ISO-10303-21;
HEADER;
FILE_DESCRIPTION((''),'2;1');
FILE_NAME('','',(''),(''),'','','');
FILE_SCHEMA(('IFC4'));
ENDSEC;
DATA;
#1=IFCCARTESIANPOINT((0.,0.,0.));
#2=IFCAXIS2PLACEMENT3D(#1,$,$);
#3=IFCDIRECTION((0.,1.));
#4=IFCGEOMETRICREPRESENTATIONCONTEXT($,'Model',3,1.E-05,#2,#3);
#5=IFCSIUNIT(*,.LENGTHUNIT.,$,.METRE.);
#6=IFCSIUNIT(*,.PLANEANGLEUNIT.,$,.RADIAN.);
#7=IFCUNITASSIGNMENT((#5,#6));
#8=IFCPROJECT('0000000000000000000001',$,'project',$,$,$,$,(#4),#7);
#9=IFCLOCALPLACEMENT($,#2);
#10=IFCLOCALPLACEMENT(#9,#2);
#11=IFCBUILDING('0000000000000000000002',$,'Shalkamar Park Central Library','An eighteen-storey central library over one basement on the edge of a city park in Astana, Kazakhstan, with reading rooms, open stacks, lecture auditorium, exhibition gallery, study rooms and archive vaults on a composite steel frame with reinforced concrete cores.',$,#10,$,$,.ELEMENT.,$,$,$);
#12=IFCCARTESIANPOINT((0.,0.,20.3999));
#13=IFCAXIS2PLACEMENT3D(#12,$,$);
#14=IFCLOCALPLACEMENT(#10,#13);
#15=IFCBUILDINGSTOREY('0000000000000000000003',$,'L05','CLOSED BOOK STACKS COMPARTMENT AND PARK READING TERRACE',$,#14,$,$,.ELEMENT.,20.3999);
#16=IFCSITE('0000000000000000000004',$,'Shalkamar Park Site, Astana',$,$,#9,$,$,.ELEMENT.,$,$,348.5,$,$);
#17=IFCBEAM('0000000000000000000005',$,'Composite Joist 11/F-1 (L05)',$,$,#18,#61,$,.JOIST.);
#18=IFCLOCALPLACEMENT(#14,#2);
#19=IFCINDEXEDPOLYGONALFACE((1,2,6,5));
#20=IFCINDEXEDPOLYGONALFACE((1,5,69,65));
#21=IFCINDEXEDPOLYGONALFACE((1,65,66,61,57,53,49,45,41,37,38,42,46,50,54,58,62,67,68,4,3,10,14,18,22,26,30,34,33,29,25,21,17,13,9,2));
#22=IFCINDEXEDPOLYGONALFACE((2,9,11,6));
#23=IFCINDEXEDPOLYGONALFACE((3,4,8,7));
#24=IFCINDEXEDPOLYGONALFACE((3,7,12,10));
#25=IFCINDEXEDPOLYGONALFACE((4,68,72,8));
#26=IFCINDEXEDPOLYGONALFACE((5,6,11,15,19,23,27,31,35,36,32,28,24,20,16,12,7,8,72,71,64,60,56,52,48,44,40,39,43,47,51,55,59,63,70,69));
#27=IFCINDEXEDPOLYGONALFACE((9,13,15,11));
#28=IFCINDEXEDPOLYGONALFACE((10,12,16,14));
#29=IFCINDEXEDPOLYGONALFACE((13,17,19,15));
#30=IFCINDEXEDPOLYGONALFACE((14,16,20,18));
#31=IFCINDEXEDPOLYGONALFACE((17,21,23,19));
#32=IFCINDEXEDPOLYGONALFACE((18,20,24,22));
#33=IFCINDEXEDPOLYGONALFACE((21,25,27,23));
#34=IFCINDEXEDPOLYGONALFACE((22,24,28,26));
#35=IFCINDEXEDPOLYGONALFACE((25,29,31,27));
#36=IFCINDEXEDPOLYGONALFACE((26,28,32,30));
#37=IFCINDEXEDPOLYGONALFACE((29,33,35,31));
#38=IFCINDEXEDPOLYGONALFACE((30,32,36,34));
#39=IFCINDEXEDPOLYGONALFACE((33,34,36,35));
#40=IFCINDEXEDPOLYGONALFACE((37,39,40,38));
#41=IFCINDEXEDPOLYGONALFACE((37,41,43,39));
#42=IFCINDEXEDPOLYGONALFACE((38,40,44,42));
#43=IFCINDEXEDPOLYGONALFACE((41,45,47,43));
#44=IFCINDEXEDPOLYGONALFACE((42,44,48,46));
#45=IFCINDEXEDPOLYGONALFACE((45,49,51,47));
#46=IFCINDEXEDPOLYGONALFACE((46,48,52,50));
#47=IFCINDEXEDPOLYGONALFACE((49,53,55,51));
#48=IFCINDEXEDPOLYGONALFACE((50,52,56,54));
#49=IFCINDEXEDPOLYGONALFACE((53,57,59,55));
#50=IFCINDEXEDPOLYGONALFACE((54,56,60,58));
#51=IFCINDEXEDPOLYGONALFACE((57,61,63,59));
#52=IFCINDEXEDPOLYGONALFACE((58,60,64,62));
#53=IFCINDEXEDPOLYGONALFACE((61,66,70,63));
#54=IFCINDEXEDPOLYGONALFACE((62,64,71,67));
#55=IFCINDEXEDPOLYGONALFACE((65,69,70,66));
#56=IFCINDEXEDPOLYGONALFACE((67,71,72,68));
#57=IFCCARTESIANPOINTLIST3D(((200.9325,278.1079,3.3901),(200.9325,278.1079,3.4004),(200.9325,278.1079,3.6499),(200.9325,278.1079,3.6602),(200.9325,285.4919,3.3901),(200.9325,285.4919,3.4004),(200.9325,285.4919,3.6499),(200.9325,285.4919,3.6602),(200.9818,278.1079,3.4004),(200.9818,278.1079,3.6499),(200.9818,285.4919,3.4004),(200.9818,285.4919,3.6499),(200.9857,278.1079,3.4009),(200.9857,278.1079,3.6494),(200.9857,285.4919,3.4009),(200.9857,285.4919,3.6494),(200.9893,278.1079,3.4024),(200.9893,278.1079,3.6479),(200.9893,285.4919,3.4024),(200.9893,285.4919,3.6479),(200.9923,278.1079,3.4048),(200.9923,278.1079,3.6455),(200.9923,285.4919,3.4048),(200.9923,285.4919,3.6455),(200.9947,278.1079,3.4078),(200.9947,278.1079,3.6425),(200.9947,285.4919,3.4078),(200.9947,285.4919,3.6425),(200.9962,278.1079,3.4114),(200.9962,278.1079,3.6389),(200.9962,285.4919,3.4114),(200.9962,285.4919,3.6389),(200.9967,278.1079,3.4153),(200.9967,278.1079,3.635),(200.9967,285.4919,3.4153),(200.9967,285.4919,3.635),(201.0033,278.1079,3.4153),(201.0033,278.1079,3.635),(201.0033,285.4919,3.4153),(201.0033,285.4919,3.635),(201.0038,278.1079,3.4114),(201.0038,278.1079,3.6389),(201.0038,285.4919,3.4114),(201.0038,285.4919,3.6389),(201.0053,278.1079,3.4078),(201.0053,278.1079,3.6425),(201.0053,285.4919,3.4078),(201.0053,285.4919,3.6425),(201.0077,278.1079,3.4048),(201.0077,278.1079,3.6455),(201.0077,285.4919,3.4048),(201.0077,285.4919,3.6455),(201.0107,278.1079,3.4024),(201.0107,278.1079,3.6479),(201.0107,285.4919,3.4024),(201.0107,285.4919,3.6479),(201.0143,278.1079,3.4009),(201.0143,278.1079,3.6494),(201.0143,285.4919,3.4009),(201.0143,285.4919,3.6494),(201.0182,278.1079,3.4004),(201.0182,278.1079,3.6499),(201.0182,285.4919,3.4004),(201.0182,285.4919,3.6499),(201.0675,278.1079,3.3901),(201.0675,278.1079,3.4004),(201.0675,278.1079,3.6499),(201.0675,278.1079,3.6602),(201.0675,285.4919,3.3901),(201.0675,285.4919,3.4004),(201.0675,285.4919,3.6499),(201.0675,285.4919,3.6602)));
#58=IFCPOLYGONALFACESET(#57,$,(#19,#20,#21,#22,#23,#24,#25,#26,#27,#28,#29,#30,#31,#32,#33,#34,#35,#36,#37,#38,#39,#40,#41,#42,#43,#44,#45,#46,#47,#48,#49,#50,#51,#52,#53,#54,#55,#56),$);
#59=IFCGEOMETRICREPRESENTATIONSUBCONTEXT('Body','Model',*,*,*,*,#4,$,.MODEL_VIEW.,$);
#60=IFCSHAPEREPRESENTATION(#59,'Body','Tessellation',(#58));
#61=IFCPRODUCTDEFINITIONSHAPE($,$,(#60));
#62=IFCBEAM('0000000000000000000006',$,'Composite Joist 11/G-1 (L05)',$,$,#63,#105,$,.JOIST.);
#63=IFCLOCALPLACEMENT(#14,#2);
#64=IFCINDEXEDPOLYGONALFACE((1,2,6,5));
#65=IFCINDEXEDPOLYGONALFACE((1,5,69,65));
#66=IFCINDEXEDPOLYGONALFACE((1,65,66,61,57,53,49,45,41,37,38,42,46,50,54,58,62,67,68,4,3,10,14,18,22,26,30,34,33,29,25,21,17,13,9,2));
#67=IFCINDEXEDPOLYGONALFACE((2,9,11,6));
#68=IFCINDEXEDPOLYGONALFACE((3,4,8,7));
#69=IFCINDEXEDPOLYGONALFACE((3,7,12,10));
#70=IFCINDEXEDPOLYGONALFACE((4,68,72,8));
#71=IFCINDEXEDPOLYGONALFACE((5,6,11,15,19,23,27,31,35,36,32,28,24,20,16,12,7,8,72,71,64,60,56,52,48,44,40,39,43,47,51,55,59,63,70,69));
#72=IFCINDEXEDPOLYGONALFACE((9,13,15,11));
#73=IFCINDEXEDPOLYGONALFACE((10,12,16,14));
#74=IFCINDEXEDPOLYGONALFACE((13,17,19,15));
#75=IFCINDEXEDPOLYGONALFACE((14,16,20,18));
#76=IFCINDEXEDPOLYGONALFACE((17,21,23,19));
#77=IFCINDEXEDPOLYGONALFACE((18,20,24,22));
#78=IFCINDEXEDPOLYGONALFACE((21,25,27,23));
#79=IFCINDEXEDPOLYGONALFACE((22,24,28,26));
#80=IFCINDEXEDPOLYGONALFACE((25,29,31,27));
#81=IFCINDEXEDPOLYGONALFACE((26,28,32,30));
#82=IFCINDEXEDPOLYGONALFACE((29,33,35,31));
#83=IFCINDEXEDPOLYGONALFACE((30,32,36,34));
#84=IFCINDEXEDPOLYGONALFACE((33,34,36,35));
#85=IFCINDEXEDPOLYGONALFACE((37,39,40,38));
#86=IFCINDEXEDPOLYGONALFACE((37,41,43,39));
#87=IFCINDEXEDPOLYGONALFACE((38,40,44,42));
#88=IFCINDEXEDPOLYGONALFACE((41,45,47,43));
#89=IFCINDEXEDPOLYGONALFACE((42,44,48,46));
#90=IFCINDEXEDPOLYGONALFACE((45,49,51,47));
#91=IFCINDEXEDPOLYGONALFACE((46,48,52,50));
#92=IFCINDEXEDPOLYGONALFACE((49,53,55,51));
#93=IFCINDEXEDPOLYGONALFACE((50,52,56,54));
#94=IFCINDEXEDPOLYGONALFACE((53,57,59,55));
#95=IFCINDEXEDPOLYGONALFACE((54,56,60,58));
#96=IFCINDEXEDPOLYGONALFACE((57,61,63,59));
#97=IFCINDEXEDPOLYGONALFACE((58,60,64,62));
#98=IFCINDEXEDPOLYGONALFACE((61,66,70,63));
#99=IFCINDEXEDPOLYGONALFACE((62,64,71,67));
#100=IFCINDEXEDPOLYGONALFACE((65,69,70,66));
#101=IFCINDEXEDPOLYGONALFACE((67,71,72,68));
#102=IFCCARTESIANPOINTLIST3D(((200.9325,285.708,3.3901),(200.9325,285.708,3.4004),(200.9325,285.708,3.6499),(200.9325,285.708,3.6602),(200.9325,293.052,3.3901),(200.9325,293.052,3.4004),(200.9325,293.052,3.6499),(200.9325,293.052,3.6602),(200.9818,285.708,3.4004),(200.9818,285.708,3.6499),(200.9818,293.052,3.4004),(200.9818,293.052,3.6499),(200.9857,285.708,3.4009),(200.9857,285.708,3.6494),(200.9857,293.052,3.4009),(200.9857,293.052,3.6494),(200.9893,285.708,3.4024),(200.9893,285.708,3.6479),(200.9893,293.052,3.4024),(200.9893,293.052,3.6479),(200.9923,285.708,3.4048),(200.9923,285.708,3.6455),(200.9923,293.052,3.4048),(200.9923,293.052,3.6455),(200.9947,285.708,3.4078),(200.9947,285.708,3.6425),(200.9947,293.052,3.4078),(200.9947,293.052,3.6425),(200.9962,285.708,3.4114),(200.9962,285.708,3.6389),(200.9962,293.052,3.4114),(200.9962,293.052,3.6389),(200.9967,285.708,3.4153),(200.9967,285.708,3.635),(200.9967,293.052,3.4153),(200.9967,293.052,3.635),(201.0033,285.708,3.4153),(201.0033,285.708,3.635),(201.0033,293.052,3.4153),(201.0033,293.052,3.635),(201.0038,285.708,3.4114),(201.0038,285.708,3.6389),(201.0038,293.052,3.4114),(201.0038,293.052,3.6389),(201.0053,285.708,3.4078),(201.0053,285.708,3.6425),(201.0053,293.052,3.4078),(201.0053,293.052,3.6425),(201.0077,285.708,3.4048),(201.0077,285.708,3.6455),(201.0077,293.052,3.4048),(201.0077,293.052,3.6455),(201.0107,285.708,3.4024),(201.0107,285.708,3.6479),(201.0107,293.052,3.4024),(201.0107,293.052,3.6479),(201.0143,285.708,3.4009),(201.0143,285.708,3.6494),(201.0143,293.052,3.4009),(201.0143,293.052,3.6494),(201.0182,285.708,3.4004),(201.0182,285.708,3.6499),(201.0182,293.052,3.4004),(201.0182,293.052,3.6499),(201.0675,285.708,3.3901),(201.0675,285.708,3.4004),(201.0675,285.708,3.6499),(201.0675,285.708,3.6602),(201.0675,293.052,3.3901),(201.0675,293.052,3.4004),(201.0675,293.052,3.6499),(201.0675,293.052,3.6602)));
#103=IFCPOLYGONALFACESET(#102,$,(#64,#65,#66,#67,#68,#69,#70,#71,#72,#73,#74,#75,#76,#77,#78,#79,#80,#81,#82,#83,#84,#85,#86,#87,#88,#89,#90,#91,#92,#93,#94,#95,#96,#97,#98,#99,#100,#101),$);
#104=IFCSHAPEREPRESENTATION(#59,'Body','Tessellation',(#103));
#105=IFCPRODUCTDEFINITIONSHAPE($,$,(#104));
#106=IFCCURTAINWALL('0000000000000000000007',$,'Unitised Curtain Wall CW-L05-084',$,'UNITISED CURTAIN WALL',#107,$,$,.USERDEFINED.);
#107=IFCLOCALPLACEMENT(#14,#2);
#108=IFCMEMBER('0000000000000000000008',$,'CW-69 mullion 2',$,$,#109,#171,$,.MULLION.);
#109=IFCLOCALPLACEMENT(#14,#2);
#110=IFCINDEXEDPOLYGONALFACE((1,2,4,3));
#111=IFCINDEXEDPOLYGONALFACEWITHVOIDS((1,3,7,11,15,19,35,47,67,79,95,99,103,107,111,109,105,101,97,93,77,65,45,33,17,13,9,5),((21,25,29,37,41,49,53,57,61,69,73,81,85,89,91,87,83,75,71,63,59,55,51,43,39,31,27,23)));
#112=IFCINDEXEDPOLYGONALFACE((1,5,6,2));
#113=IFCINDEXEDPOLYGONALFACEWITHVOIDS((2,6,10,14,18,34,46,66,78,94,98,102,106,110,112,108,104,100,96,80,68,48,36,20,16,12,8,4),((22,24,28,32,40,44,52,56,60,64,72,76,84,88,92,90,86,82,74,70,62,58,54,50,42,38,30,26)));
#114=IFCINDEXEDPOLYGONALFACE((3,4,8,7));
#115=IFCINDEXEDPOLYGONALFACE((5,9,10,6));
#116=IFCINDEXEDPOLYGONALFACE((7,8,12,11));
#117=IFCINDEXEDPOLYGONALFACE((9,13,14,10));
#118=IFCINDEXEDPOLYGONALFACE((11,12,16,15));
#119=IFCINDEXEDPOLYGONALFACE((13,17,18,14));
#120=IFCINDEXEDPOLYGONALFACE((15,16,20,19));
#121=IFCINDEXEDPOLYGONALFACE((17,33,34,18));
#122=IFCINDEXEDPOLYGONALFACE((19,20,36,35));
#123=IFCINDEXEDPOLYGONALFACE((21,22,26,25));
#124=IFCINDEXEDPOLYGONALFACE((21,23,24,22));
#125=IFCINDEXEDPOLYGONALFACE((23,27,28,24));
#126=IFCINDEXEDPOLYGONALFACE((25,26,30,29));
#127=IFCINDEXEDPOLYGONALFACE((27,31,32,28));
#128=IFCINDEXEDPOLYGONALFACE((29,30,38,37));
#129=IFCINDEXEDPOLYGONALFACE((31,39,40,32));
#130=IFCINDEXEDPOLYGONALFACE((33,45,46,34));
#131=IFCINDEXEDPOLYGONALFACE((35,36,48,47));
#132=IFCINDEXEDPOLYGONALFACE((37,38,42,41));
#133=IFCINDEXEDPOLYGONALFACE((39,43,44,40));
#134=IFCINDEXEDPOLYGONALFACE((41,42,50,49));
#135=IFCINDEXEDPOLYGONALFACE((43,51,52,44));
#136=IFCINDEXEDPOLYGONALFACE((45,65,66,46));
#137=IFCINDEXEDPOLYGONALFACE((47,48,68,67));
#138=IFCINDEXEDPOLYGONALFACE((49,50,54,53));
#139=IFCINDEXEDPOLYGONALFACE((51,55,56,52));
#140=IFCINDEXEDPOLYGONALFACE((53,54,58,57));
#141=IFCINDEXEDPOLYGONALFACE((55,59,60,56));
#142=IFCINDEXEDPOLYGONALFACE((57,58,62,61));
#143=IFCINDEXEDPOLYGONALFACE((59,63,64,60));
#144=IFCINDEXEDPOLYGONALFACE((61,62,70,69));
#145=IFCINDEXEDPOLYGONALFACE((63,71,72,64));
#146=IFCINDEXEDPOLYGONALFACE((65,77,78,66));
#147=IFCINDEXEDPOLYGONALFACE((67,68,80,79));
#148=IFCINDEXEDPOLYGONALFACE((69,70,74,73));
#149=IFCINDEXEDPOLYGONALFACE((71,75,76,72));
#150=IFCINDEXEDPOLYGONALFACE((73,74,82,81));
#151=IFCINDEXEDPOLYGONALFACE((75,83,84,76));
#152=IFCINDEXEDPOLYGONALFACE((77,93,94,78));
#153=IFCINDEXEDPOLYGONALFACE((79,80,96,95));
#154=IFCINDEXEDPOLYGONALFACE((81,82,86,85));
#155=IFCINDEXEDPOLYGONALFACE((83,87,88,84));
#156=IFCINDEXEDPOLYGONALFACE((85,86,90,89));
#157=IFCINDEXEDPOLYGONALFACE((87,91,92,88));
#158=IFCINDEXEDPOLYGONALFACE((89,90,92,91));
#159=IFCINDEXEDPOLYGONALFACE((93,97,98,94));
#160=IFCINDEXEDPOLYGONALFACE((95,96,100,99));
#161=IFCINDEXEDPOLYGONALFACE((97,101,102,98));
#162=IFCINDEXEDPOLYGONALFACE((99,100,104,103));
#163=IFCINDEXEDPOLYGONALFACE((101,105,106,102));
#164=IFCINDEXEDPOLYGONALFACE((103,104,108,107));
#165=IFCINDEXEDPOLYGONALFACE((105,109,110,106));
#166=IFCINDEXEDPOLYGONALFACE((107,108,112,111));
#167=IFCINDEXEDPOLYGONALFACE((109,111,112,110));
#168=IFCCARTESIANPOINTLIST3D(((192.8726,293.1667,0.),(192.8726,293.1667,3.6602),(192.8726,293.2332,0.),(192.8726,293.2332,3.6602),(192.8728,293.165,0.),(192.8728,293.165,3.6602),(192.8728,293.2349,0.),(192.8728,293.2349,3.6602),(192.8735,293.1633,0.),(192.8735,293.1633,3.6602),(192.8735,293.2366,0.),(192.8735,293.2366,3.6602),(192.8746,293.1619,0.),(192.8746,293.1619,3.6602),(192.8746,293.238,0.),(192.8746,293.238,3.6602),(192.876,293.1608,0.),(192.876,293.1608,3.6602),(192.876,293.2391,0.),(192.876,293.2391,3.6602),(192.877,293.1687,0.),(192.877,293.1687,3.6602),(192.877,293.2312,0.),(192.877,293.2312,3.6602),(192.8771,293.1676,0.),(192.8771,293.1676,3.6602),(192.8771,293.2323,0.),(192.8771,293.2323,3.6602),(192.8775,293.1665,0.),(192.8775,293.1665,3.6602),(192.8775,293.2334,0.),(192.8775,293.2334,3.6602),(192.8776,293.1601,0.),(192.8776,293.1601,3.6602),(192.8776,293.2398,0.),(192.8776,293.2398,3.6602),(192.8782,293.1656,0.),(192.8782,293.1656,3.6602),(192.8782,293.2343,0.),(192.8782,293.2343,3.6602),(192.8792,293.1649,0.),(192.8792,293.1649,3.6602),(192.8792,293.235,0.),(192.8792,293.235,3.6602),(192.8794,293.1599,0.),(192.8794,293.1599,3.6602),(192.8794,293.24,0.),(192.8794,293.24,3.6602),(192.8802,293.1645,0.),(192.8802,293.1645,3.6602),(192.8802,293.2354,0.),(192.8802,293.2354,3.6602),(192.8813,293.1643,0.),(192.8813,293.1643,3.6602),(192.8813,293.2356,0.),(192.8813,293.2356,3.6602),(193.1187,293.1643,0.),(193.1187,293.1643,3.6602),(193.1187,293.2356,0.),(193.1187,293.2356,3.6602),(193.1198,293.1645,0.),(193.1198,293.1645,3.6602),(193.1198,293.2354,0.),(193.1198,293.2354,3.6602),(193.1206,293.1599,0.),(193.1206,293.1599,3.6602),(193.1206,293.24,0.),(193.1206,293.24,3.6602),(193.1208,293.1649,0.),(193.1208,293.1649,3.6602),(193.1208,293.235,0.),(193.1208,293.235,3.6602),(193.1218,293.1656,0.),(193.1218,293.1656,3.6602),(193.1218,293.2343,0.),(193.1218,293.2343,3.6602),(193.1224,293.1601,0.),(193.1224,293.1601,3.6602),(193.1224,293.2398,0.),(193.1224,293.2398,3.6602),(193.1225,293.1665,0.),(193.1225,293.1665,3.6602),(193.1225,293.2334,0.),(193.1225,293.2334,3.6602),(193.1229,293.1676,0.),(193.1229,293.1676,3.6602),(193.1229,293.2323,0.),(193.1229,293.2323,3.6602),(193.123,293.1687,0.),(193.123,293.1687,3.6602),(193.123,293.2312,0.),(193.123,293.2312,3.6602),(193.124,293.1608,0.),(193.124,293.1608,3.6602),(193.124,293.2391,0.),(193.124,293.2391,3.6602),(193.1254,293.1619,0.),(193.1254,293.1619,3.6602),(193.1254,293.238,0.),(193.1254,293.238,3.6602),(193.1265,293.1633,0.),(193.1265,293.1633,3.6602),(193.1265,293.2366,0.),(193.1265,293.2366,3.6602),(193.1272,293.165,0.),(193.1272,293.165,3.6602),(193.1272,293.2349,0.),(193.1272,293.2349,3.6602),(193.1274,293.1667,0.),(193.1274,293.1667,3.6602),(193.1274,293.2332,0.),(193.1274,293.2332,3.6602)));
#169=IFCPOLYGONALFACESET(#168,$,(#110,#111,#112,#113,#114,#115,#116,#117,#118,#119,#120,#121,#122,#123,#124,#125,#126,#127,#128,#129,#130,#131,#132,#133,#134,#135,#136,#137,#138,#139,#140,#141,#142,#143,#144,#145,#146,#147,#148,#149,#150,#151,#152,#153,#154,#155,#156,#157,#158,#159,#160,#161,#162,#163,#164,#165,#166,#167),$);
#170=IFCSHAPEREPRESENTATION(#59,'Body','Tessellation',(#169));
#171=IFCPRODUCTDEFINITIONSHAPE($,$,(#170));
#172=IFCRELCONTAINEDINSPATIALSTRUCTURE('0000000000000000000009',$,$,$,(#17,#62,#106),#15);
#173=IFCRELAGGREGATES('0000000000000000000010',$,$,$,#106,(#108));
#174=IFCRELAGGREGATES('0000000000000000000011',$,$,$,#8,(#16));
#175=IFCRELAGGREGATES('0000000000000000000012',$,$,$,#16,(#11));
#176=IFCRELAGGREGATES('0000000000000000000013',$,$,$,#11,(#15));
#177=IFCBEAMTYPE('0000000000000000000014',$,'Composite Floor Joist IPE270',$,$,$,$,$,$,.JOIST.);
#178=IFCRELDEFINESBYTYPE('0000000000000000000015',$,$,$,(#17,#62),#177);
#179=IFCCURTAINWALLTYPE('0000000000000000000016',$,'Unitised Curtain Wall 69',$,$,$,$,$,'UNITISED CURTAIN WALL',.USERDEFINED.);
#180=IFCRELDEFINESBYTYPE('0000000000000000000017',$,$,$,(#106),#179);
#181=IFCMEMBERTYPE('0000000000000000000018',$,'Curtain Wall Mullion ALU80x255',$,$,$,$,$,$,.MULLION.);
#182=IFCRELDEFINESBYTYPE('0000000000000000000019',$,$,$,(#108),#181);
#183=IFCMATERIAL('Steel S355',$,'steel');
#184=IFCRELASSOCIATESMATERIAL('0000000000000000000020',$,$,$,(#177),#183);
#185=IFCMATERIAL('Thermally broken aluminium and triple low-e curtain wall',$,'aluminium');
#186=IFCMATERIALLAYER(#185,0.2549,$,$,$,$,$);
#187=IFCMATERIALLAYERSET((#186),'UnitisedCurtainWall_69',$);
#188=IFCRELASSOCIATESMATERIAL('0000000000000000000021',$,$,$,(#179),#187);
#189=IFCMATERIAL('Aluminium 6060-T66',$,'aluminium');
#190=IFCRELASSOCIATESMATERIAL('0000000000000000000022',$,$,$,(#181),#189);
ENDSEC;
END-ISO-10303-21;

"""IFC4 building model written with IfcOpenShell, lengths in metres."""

from ifc_helpers import new_model, si_unit, direction, frame, origin, origin_2d, place, context, subcontext, project, spatial, hollow_rectangle, i_section, extrude, material, layer, layer_set, material_profile, profile_set, type_object, element, aggregate, save


model = new_model("IFC4")

# Units and contexts
model_context = context("Model", 3, precision=1e-05, world=origin(), true_north=direction((0.0, 1.0)))
body_context = subcontext(model_context, "Body", "Model", "MODEL_VIEW")
ifc_project = project(units=[si_unit("LENGTHUNIT", "METRE"), si_unit("PLANEANGLEUNIT", "RADIAN")], contexts=[model_context])

# Site, building, storey
site_placement = place(None, origin())
site = spatial("IfcSite", under=ifc_project, at=site_placement, Name="Shalkamar Park Site, Astana", CompositionType="ELEMENT", RefElevation=348.5)
building_placement = place(site_placement, origin())
building = spatial("IfcBuilding", under=site, at=building_placement, Name="Shalkamar Park Central Library", Description="An eighteen-storey central library over one basement on the edge of a city park in Astana, Kazakhstan, with reading rooms, open stacks, lecture auditorium, exhibition gallery, study rooms and archive vaults on a composite steel frame with reinforced concrete cores.", CompositionType="ELEMENT")
storey_placement = place(building_placement, frame((0.0, 0.0, 20.3999)))
storey = spatial("IfcBuildingStorey", under=building, at=storey_placement, Name="L05", Description="CLOSED BOOK STACKS COMPARTMENT AND PARK READING TERRACE", CompositionType="ELEMENT", Elevation=20.3999)

# Shared definitions
ifc_material_1 = material(Name="Steel S355", Category="steel")

# Beams
ifc_material_profile_1 = material_profile(ifc_material_1, i_section(OverallWidth=0.135, OverallDepth=0.27, WebThickness=0.0066, FlangeThickness=0.0103, FilletRadius=0.0149, at=origin_2d()), Name="IPE 270")
ifc_profile_set_1 = profile_set([ifc_material_profile_1], Name="Steel S355")
beam_type_1 = type_object("IfcBeamType", Name="Composite Floor Joist IPE270", PredefinedType="JOIST", material=ifc_profile_set_1)
beam_1_placement = place(storey_placement, frame((201.0, 278.1079, 3.5251), z_axis=(0.0, 1.0, 0.0), x_axis=(-1.0, 0.0, 0.0)))
element("IfcBeam", 1, at=beam_1_placement, inside=storey, type_object=beam_type_1, Name="Composite Joist 11/F-1 (L05)", PredefinedType="JOIST", context=body_context, shape_type="SweptSolid", body=[
    extrude(i_section(OverallWidth=0.135, OverallDepth=0.27, WebThickness=0.0066, FlangeThickness=0.0103, FilletRadius=0.0149, at=origin_2d()), origin(), (0.0, 0.0, 1.0), 7.384),
])
beam_2_placement = place(storey_placement, frame((201.0, 285.708, 3.5251), z_axis=(0.0, 1.0, 0.0), x_axis=(-1.0, 0.0, 0.0)))
element("IfcBeam", 2, at=beam_2_placement, inside=storey, type_object=beam_type_1, Name="Composite Joist 11/G-1 (L05)", PredefinedType="JOIST", context=body_context, shape_type="SweptSolid", body=[
    extrude(i_section(OverallWidth=0.135, OverallDepth=0.27, WebThickness=0.0066, FlangeThickness=0.0103, FilletRadius=0.0149, at=origin_2d()), origin(), (0.0, 0.0, 1.0), 7.344),
])

# Curtain wall, member
ifc_material_2 = material(Name="Thermally broken aluminium and triple low-e curtain wall", Category="aluminium")
ifc_layer_1 = layer(ifc_material_2, 0.2549)
ifc_layer_set_1 = layer_set([ifc_layer_1], Name="UnitisedCurtainWall_69")
curtain_wall_type = type_object("IfcCurtainWallType", Name="Unitised Curtain Wall 69", ElementType="UNITISED CURTAIN WALL", PredefinedType="USERDEFINED", material=ifc_layer_set_1)
curtain_wall_placement = place(storey_placement, origin())
curtain_wall = element("IfcCurtainWall", 3, at=curtain_wall_placement, inside=storey, type_object=curtain_wall_type, Name="Unitised Curtain Wall CW-L05-084", ObjectType="UNITISED CURTAIN WALL", PredefinedType="USERDEFINED")
ifc_material_3 = material(Name="Aluminium 6060-T66", Category="aluminium")
ifc_material_profile_2 = material_profile(ifc_material_3, hollow_rectangle(XDim=0.0801, YDim=0.2549, WallThickness=0.0044, InnerFilletRadius=0.0044, OuterFilletRadius=0.0068, at=origin_2d()), Name="ALU 80x255x4.5")
ifc_profile_set_2 = profile_set([ifc_material_profile_2], Name="Aluminium 6060-T66")
member_type_1 = type_object("IfcMemberType", Name="Curtain Wall Mullion ALU80x255", PredefinedType="MULLION", material=ifc_profile_set_2)
member_1_placement = place(storey_placement, frame((193.0, 293.2, 0.0), z_axis=(0.0, 0.0, 1.0), x_axis=(0.0, 1.0, 0.0)))
member_1 = element("IfcMember", 4, at=member_1_placement, type_object=member_type_1, Name="CW-69 mullion 2", PredefinedType="MULLION", context=body_context, shape_type="SweptSolid", body=[
    extrude(hollow_rectangle(XDim=0.0801, YDim=0.2549, WallThickness=0.0044, InnerFilletRadius=0.0044, OuterFilletRadius=0.0068, at=origin_2d()), origin(), (0.0, 0.0, 1.0), 3.6602),
])

aggregate(curtain_wall, [member_1])

save(model, "model.ifc")
